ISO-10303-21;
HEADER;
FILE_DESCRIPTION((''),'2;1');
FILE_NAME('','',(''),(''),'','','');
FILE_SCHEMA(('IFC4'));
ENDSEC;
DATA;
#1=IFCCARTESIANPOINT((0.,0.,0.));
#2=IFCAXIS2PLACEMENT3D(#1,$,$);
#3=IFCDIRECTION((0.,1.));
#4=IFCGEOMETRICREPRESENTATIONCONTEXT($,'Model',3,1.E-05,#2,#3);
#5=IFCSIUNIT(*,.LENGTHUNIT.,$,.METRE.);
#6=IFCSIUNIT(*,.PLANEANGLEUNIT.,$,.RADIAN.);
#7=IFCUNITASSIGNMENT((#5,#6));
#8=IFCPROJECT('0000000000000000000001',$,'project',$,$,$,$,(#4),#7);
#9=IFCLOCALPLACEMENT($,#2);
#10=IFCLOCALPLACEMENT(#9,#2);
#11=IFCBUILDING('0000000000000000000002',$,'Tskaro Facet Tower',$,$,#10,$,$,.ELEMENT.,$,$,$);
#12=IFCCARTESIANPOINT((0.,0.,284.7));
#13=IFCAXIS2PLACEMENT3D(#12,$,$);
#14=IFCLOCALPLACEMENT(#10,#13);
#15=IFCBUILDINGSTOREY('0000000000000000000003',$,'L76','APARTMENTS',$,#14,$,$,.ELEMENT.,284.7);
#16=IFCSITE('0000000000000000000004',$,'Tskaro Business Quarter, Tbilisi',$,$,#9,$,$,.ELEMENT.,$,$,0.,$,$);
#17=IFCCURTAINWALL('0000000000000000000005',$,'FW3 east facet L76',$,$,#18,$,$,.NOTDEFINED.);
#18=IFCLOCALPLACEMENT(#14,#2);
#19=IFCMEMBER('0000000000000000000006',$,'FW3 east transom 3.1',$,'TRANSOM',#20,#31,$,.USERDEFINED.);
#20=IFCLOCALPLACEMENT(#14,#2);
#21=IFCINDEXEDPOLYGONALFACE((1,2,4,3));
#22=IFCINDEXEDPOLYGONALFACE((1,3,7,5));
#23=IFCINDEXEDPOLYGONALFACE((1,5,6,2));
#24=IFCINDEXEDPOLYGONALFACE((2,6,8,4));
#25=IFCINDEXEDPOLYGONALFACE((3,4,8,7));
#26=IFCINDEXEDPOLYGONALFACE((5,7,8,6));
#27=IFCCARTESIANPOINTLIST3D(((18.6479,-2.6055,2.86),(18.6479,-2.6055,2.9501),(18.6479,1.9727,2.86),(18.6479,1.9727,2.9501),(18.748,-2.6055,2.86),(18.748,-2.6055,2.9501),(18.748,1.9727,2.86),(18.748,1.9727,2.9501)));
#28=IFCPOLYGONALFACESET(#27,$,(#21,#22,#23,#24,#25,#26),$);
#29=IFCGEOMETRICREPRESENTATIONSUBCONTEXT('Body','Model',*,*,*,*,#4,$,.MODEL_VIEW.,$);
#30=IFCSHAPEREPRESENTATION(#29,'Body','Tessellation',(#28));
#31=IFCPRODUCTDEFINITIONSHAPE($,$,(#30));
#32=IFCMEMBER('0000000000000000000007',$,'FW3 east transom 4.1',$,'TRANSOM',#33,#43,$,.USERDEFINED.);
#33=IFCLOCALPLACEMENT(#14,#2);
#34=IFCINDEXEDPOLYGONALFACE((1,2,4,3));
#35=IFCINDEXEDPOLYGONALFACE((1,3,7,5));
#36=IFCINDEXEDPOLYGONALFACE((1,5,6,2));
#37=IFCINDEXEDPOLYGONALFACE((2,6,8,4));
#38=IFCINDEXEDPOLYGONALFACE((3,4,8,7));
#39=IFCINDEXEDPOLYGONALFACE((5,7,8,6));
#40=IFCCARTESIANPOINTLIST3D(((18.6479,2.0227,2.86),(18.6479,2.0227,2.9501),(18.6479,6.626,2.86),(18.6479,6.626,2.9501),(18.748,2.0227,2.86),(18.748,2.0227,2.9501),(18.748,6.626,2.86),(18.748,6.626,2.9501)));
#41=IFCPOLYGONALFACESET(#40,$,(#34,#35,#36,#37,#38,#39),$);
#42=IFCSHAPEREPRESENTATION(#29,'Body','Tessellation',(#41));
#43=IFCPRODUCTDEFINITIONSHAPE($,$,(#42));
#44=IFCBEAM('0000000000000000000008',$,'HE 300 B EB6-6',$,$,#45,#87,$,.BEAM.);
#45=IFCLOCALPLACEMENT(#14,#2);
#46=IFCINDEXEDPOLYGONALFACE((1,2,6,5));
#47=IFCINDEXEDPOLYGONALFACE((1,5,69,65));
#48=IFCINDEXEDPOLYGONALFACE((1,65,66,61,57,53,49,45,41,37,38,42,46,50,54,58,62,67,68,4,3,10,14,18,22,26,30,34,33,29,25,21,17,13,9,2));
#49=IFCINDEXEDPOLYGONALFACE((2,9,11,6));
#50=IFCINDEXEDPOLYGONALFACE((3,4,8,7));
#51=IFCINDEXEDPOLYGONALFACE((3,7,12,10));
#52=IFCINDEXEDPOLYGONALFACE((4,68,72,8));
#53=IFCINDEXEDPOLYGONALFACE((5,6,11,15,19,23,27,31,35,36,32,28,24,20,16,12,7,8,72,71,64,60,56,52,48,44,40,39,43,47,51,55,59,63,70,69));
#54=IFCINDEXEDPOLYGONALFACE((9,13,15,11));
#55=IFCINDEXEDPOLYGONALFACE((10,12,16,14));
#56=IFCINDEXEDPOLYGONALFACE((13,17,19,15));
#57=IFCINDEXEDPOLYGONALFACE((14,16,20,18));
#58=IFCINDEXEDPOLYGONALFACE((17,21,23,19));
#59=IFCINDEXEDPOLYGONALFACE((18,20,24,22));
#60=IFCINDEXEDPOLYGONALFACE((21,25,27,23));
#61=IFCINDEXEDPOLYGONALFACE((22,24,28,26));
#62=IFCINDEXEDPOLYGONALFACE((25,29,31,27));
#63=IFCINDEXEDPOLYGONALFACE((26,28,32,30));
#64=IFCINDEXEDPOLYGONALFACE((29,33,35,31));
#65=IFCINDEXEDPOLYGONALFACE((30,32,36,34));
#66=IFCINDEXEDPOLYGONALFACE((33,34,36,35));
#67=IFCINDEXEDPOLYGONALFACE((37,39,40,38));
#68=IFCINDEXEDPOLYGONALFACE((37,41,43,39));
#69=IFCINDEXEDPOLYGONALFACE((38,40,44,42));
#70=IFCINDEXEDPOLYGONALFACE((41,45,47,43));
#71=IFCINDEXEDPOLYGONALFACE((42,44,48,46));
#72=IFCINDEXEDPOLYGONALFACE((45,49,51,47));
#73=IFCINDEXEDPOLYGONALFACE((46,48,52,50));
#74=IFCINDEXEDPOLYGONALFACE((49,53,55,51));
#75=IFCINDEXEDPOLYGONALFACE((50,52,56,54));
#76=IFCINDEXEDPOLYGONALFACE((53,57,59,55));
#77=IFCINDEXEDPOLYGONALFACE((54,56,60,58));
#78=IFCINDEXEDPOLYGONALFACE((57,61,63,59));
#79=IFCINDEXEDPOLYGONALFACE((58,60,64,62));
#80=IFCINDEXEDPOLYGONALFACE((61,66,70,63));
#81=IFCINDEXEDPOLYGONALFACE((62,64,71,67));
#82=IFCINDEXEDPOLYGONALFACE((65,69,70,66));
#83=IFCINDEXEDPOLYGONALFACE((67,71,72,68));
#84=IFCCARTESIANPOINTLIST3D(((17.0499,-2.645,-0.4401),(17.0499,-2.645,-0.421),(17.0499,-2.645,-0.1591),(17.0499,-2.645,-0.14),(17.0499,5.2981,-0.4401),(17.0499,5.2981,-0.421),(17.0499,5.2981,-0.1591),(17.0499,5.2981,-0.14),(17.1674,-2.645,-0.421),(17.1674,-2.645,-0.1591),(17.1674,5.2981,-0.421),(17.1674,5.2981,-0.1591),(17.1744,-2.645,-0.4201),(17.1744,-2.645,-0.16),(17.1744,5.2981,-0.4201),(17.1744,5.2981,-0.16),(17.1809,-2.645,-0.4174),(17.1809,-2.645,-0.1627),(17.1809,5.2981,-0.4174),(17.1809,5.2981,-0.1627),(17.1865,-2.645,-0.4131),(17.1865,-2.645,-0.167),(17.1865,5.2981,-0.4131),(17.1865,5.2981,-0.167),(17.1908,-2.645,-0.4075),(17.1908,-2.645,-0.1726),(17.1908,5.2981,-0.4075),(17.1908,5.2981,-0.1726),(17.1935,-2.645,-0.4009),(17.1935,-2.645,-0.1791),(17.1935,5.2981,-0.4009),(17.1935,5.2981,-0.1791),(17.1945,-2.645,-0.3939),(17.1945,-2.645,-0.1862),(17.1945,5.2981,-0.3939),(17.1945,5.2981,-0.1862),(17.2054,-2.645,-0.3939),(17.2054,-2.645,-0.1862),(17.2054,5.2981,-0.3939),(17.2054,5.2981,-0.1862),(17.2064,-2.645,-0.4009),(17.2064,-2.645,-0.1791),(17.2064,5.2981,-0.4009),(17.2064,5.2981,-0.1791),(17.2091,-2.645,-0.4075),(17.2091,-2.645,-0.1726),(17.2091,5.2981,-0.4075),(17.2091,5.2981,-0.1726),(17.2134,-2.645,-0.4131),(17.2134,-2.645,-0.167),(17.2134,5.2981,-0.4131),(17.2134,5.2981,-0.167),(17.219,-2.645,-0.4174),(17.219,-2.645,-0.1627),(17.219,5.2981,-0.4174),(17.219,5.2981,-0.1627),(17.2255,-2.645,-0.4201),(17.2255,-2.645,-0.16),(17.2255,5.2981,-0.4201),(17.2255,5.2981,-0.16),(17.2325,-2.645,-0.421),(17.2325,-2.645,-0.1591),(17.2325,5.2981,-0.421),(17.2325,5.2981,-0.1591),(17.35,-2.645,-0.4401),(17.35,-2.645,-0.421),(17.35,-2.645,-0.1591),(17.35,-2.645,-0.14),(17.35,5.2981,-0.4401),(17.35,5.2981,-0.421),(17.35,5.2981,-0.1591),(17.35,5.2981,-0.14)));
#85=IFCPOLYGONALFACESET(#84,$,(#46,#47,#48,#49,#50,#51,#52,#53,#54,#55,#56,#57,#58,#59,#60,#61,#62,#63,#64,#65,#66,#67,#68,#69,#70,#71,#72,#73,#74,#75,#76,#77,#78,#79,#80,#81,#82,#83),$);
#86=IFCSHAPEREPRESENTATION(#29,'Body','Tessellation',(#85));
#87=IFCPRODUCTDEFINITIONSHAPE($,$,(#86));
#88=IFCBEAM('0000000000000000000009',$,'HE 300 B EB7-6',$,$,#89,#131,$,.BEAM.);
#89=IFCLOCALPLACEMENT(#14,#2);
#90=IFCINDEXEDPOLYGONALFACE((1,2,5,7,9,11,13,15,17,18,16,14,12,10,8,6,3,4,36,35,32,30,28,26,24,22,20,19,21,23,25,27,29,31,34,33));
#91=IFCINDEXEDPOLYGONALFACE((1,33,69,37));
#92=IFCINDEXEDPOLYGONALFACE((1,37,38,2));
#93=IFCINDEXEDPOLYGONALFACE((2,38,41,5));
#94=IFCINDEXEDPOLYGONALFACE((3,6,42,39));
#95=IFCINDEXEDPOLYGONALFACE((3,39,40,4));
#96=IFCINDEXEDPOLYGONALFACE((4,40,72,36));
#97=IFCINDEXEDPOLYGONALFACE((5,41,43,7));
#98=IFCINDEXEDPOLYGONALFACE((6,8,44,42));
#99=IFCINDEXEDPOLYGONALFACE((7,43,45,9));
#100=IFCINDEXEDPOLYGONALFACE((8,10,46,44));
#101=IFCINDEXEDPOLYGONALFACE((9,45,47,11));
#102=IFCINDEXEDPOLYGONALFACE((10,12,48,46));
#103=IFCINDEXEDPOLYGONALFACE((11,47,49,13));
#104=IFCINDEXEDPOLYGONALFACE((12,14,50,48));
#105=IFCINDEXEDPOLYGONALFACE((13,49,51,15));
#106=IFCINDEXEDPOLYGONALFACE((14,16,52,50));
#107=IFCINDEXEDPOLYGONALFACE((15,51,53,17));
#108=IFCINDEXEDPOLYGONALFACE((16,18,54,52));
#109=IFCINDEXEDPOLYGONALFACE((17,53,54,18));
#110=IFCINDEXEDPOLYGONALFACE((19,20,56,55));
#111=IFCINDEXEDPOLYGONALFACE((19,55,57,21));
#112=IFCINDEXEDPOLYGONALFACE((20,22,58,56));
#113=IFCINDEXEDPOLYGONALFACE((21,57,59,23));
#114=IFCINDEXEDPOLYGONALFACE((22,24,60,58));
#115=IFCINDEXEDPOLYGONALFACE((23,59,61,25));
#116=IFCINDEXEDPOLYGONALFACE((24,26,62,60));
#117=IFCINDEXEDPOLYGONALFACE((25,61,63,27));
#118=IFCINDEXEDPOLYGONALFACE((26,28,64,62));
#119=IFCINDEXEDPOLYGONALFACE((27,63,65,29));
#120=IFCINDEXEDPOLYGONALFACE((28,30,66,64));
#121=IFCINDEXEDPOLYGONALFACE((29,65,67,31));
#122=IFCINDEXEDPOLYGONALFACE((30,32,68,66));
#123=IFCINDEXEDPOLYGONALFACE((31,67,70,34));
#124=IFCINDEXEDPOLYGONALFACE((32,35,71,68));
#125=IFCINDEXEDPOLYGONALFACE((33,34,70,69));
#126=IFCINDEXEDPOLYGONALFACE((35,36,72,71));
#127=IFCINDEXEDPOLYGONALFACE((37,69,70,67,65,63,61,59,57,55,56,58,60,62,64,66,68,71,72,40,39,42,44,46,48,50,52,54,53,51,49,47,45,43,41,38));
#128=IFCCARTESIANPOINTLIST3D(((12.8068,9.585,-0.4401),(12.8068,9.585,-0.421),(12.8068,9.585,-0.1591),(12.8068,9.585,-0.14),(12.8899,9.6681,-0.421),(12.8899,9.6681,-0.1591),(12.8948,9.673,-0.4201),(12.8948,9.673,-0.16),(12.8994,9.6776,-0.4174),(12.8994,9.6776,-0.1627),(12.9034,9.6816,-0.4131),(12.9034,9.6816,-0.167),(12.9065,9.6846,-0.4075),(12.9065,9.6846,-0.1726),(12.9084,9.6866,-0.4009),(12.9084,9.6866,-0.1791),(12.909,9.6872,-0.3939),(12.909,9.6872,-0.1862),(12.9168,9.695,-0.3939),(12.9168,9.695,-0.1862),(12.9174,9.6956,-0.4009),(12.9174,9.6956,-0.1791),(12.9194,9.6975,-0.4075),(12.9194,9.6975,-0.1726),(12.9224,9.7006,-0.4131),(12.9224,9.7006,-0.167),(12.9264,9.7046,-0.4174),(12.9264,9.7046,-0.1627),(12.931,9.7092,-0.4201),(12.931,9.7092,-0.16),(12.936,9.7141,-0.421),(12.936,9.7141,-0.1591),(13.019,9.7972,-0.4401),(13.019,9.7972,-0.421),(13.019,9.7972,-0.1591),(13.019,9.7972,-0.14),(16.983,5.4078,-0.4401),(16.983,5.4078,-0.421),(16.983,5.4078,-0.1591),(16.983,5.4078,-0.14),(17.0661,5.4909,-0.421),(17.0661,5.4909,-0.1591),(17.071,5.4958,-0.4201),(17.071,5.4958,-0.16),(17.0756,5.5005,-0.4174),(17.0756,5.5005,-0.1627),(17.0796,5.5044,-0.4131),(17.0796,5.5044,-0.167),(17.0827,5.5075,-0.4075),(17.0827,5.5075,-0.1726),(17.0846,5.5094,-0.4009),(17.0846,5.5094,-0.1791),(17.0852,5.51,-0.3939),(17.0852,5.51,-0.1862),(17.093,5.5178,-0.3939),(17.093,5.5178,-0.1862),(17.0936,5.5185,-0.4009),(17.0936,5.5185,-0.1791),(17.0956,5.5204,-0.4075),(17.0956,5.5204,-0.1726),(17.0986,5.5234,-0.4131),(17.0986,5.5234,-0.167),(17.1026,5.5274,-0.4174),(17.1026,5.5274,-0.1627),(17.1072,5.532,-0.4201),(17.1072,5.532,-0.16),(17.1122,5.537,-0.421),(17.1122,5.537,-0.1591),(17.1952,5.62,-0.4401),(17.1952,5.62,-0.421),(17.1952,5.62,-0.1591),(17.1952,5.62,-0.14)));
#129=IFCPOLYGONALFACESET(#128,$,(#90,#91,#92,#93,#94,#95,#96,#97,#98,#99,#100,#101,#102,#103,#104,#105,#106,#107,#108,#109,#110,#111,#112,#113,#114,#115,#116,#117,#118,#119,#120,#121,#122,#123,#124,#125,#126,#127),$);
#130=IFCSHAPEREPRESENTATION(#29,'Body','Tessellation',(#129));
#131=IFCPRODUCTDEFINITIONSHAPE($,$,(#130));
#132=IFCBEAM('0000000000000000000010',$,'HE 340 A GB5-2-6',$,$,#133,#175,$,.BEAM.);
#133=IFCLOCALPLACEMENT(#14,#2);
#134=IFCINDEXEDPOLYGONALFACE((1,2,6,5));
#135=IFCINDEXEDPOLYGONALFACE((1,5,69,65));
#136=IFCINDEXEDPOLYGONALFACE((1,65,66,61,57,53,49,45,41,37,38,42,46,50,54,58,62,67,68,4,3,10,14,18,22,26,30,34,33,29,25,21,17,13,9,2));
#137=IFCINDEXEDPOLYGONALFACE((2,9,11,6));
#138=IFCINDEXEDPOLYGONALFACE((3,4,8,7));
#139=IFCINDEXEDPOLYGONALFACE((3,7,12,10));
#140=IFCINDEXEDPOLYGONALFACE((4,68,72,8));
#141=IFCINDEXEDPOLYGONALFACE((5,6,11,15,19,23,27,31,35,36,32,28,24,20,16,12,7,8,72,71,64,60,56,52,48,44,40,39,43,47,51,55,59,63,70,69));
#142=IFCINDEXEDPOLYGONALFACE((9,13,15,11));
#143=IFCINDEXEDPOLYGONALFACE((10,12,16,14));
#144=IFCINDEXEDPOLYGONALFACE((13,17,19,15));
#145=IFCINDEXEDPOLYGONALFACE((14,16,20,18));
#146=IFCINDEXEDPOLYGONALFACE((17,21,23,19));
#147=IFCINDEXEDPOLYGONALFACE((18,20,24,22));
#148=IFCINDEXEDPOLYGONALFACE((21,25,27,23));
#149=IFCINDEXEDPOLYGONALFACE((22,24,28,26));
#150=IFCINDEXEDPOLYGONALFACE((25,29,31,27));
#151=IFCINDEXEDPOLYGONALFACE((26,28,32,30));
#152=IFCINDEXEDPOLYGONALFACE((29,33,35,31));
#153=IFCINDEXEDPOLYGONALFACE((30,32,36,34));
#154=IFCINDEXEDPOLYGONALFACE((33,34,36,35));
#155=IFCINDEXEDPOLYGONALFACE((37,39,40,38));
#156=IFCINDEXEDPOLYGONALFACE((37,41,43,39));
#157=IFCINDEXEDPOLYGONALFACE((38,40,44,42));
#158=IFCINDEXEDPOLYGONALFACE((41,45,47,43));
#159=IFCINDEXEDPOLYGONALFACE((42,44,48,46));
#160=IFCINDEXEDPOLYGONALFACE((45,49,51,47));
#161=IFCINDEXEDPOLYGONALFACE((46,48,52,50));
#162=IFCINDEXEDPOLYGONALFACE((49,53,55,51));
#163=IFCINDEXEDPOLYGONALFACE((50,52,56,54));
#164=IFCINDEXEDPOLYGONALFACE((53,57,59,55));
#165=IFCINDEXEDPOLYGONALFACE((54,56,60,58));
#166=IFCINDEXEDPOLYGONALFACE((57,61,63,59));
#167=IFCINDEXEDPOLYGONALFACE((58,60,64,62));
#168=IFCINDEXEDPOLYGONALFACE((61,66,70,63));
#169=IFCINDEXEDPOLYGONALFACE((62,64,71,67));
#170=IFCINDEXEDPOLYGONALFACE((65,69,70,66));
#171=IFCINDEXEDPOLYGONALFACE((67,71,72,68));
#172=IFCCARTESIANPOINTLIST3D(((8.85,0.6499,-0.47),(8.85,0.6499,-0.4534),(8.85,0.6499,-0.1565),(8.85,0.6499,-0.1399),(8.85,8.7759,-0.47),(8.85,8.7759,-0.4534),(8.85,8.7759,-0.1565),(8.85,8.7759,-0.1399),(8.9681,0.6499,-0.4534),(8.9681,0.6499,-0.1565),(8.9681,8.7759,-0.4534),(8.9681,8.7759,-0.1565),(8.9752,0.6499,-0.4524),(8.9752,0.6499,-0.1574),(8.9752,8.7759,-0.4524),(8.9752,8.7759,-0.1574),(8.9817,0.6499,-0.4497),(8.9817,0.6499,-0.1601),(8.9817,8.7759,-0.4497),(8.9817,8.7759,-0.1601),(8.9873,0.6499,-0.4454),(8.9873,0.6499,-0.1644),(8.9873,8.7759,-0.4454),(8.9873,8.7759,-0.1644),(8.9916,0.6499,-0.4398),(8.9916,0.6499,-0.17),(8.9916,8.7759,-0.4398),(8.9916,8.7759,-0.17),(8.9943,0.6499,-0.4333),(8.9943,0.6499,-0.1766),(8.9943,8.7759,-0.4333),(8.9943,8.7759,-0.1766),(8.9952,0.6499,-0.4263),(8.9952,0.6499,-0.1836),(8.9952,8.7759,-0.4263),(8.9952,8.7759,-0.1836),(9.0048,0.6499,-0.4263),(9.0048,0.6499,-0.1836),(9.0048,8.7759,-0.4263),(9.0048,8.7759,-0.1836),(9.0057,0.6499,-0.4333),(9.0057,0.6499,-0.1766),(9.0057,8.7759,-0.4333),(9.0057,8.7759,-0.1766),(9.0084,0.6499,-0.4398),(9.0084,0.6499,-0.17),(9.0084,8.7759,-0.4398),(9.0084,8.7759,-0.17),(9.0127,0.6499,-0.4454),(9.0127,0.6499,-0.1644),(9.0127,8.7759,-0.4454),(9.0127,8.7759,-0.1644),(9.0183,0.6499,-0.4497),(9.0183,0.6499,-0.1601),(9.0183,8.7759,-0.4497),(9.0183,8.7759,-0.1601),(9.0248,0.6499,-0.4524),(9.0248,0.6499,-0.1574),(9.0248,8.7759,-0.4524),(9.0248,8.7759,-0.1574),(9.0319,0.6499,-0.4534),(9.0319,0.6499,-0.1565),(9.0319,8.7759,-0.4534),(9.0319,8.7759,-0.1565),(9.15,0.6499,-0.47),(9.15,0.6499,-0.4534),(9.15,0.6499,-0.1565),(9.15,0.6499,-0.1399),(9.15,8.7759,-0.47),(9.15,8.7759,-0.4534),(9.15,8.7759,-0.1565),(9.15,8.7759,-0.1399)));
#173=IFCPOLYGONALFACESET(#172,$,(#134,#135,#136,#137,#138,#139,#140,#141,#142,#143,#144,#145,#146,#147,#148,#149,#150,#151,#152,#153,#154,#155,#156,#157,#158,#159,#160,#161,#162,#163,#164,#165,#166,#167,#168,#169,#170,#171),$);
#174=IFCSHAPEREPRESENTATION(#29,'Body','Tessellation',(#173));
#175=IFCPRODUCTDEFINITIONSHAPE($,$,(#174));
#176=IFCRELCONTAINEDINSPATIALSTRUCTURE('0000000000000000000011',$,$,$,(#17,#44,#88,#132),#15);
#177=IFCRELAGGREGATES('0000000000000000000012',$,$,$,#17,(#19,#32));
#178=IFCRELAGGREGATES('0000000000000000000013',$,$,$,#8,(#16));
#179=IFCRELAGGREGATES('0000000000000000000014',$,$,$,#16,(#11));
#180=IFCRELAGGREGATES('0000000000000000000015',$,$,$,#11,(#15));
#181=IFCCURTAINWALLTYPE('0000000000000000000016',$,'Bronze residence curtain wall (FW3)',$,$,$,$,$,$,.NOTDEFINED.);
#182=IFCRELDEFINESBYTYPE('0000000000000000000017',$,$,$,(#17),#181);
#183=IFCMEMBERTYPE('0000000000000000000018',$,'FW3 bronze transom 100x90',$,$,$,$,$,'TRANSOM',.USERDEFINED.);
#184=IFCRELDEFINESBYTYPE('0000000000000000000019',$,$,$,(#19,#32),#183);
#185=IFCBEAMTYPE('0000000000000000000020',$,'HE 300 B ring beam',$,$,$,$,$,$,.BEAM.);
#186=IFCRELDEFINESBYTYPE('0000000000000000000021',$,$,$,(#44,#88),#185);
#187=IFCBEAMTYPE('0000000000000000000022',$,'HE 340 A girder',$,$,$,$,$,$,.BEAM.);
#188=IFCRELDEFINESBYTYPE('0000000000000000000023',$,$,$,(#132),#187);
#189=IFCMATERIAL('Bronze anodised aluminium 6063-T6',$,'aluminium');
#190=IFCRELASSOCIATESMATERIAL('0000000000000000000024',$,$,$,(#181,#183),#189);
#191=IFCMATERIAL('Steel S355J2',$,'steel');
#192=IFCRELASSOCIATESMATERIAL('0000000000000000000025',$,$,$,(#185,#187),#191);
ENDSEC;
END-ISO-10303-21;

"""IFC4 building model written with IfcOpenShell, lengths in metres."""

from ifc_helpers import new_model, si_unit, direction, frame, origin, origin_2d, place, context, subcontext, project, spatial, rectangle, i_section, extrude, material, material_profile, profile_set, type_object, element, aggregate, save


model = new_model("IFC4")

# Units and contexts
model_context = context("Model", 3, precision=1e-05, world=origin(), true_north=direction((0.0, 1.0)))
body_context = subcontext(model_context, "Body", "Model", "MODEL_VIEW")
ifc_project = project(units=[si_unit("LENGTHUNIT", "METRE"), si_unit("PLANEANGLEUNIT", "RADIAN")], contexts=[model_context])

# Site, building, storey
site_placement = place(None, origin())
site = spatial("IfcSite", under=ifc_project, at=site_placement, Name="Tskaro Business Quarter, Tbilisi", CompositionType="ELEMENT", RefElevation=0.0)
building_placement = place(site_placement, origin())
building = spatial("IfcBuilding", under=site, at=building_placement, Name="Tskaro Facet Tower", CompositionType="ELEMENT")
storey_placement = place(building_placement, frame((0.0, 0.0, 284.7)))
storey = spatial("IfcBuildingStorey", under=building, at=storey_placement, Name="L76", Description="APARTMENTS", CompositionType="ELEMENT", Elevation=284.7)

# Shared definitions
ifc_material_1 = material(Name="Steel S355J2", Category="steel")

# Curtain wall, members
ifc_material_2 = material(Name="Bronze anodised aluminium 6063-T6", Category="aluminium")
curtain_wall_type = type_object("IfcCurtainWallType", Name="Bronze residence curtain wall (FW3)", PredefinedType="NOTDEFINED", material=ifc_material_2)
curtain_wall_placement = place(storey_placement, origin())
curtain_wall = element("IfcCurtainWall", 1, at=curtain_wall_placement, inside=storey, type_object=curtain_wall_type, Name="FW3 east facet L76", PredefinedType="NOTDEFINED")
ifc_material_profile_1 = material_profile(ifc_material_2, rectangle(XDim=0.1001, YDim=0.0901, at=origin_2d()), Name="Transom 100x90")
ifc_profile_set_1 = profile_set([ifc_material_profile_1], Name="Bronze anodised aluminium 6063-T6")
member_type_1 = type_object("IfcMemberType", Name="FW3 bronze transom 100x90", ElementType="TRANSOM", PredefinedType="USERDEFINED", material=ifc_profile_set_1)
member_1_placement = place(storey_placement, frame((18.698, -2.6055, 2.905), z_axis=(0.0, 1.0, 0.0), x_axis=(-1.0, 0.0, 0.0)))
member_1 = element("IfcMember", 2, at=member_1_placement, type_object=member_type_1, Name="FW3 east transom 3.1", ObjectType="TRANSOM", PredefinedType="USERDEFINED", context=body_context, shape_type="SweptSolid", body=[
    extrude(rectangle(XDim=0.1001, YDim=0.0901, at=origin_2d()), origin(), (0.0, 0.0, 1.0), 4.5781),
])
member_2_placement = place(storey_placement, frame((18.698, 2.0227, 2.905), z_axis=(0.0, 1.0, 0.0), x_axis=(-1.0, 0.0, 0.0)))
member_2 = element("IfcMember", 3, at=member_2_placement, type_object=member_type_1, Name="FW3 east transom 4.1", ObjectType="TRANSOM", PredefinedType="USERDEFINED", context=body_context, shape_type="SweptSolid", body=[
    extrude(rectangle(XDim=0.1001, YDim=0.0901, at=origin_2d()), origin(), (0.0, 0.0, 1.0), 4.6033),
])

# Beams
ifc_material_profile_2 = material_profile(ifc_material_1, i_section(OverallWidth=0.3, OverallDepth=0.3, WebThickness=0.011, FlangeThickness=0.019, FilletRadius=0.0271, at=origin_2d()), Name="HE 300 B")
ifc_profile_set_2 = profile_set([ifc_material_profile_2], Name="Steel S355J2")
beam_type_1 = type_object("IfcBeamType", Name="HE 300 B ring beam", PredefinedType="BEAM", material=ifc_profile_set_2)
beam_1_placement = place(storey_placement, frame((17.2, -2.645, -0.29), z_axis=(0.0, 1.0, 0.0), x_axis=(-1.0, 0.0, 0.0)))
element("IfcBeam", 4, at=beam_1_placement, inside=storey, type_object=beam_type_1, Name="HE 300 B EB6-6", PredefinedType="BEAM", context=body_context, shape_type="SweptSolid", body=[
    extrude(i_section(OverallWidth=0.3, OverallDepth=0.3, WebThickness=0.011, FlangeThickness=0.019, FilletRadius=0.0271, at=origin_2d()), origin(), (0.0, 0.0, 1.0), 7.9431),
])
beam_2_placement = place(storey_placement, frame((17.0891, 5.5139, -0.29), z_axis=(-0.707024, 0.707189, 0.0), x_axis=(-0.707189, -0.707024, 0.0)))
element("IfcBeam", 5, at=beam_2_placement, inside=storey, type_object=beam_type_1, Name="HE 300 B EB7-6", PredefinedType="BEAM", context=body_context, shape_type="SweptSolid", body=[
    extrude(i_section(OverallWidth=0.3, OverallDepth=0.3, WebThickness=0.011, FlangeThickness=0.019, FilletRadius=0.0271, at=origin_2d()), origin(), (0.0, 0.0, 1.0), 5.9067),
])
ifc_material_profile_3 = material_profile(ifc_material_1, i_section(OverallWidth=0.3, OverallDepth=0.3301, WebThickness=0.0095, FlangeThickness=0.0166, FilletRadius=0.0271, at=origin_2d()), Name="HE 340 A")
ifc_profile_set_3 = profile_set([ifc_material_profile_3], Name="Steel S355J2")
beam_type_2 = type_object("IfcBeamType", Name="HE 340 A girder", PredefinedType="BEAM", material=ifc_profile_set_3)
beam_3_placement = place(storey_placement, frame((9.0, 0.6499, -0.3049), z_axis=(0.0, 1.0, 0.0), x_axis=(-1.0, 0.0, 0.0)))
element("IfcBeam", 6, at=beam_3_placement, inside=storey, type_object=beam_type_2, Name="HE 340 A GB5-2-6", PredefinedType="BEAM", context=body_context, shape_type="SweptSolid", body=[
    extrude(i_section(OverallWidth=0.3, OverallDepth=0.3301, WebThickness=0.0095, FlangeThickness=0.0166, FilletRadius=0.0271, at=origin_2d()), origin(), (0.0, 0.0, 1.0), 8.126),
])

aggregate(curtain_wall, [member_1, member_2])

save(model, "model.ifc")
